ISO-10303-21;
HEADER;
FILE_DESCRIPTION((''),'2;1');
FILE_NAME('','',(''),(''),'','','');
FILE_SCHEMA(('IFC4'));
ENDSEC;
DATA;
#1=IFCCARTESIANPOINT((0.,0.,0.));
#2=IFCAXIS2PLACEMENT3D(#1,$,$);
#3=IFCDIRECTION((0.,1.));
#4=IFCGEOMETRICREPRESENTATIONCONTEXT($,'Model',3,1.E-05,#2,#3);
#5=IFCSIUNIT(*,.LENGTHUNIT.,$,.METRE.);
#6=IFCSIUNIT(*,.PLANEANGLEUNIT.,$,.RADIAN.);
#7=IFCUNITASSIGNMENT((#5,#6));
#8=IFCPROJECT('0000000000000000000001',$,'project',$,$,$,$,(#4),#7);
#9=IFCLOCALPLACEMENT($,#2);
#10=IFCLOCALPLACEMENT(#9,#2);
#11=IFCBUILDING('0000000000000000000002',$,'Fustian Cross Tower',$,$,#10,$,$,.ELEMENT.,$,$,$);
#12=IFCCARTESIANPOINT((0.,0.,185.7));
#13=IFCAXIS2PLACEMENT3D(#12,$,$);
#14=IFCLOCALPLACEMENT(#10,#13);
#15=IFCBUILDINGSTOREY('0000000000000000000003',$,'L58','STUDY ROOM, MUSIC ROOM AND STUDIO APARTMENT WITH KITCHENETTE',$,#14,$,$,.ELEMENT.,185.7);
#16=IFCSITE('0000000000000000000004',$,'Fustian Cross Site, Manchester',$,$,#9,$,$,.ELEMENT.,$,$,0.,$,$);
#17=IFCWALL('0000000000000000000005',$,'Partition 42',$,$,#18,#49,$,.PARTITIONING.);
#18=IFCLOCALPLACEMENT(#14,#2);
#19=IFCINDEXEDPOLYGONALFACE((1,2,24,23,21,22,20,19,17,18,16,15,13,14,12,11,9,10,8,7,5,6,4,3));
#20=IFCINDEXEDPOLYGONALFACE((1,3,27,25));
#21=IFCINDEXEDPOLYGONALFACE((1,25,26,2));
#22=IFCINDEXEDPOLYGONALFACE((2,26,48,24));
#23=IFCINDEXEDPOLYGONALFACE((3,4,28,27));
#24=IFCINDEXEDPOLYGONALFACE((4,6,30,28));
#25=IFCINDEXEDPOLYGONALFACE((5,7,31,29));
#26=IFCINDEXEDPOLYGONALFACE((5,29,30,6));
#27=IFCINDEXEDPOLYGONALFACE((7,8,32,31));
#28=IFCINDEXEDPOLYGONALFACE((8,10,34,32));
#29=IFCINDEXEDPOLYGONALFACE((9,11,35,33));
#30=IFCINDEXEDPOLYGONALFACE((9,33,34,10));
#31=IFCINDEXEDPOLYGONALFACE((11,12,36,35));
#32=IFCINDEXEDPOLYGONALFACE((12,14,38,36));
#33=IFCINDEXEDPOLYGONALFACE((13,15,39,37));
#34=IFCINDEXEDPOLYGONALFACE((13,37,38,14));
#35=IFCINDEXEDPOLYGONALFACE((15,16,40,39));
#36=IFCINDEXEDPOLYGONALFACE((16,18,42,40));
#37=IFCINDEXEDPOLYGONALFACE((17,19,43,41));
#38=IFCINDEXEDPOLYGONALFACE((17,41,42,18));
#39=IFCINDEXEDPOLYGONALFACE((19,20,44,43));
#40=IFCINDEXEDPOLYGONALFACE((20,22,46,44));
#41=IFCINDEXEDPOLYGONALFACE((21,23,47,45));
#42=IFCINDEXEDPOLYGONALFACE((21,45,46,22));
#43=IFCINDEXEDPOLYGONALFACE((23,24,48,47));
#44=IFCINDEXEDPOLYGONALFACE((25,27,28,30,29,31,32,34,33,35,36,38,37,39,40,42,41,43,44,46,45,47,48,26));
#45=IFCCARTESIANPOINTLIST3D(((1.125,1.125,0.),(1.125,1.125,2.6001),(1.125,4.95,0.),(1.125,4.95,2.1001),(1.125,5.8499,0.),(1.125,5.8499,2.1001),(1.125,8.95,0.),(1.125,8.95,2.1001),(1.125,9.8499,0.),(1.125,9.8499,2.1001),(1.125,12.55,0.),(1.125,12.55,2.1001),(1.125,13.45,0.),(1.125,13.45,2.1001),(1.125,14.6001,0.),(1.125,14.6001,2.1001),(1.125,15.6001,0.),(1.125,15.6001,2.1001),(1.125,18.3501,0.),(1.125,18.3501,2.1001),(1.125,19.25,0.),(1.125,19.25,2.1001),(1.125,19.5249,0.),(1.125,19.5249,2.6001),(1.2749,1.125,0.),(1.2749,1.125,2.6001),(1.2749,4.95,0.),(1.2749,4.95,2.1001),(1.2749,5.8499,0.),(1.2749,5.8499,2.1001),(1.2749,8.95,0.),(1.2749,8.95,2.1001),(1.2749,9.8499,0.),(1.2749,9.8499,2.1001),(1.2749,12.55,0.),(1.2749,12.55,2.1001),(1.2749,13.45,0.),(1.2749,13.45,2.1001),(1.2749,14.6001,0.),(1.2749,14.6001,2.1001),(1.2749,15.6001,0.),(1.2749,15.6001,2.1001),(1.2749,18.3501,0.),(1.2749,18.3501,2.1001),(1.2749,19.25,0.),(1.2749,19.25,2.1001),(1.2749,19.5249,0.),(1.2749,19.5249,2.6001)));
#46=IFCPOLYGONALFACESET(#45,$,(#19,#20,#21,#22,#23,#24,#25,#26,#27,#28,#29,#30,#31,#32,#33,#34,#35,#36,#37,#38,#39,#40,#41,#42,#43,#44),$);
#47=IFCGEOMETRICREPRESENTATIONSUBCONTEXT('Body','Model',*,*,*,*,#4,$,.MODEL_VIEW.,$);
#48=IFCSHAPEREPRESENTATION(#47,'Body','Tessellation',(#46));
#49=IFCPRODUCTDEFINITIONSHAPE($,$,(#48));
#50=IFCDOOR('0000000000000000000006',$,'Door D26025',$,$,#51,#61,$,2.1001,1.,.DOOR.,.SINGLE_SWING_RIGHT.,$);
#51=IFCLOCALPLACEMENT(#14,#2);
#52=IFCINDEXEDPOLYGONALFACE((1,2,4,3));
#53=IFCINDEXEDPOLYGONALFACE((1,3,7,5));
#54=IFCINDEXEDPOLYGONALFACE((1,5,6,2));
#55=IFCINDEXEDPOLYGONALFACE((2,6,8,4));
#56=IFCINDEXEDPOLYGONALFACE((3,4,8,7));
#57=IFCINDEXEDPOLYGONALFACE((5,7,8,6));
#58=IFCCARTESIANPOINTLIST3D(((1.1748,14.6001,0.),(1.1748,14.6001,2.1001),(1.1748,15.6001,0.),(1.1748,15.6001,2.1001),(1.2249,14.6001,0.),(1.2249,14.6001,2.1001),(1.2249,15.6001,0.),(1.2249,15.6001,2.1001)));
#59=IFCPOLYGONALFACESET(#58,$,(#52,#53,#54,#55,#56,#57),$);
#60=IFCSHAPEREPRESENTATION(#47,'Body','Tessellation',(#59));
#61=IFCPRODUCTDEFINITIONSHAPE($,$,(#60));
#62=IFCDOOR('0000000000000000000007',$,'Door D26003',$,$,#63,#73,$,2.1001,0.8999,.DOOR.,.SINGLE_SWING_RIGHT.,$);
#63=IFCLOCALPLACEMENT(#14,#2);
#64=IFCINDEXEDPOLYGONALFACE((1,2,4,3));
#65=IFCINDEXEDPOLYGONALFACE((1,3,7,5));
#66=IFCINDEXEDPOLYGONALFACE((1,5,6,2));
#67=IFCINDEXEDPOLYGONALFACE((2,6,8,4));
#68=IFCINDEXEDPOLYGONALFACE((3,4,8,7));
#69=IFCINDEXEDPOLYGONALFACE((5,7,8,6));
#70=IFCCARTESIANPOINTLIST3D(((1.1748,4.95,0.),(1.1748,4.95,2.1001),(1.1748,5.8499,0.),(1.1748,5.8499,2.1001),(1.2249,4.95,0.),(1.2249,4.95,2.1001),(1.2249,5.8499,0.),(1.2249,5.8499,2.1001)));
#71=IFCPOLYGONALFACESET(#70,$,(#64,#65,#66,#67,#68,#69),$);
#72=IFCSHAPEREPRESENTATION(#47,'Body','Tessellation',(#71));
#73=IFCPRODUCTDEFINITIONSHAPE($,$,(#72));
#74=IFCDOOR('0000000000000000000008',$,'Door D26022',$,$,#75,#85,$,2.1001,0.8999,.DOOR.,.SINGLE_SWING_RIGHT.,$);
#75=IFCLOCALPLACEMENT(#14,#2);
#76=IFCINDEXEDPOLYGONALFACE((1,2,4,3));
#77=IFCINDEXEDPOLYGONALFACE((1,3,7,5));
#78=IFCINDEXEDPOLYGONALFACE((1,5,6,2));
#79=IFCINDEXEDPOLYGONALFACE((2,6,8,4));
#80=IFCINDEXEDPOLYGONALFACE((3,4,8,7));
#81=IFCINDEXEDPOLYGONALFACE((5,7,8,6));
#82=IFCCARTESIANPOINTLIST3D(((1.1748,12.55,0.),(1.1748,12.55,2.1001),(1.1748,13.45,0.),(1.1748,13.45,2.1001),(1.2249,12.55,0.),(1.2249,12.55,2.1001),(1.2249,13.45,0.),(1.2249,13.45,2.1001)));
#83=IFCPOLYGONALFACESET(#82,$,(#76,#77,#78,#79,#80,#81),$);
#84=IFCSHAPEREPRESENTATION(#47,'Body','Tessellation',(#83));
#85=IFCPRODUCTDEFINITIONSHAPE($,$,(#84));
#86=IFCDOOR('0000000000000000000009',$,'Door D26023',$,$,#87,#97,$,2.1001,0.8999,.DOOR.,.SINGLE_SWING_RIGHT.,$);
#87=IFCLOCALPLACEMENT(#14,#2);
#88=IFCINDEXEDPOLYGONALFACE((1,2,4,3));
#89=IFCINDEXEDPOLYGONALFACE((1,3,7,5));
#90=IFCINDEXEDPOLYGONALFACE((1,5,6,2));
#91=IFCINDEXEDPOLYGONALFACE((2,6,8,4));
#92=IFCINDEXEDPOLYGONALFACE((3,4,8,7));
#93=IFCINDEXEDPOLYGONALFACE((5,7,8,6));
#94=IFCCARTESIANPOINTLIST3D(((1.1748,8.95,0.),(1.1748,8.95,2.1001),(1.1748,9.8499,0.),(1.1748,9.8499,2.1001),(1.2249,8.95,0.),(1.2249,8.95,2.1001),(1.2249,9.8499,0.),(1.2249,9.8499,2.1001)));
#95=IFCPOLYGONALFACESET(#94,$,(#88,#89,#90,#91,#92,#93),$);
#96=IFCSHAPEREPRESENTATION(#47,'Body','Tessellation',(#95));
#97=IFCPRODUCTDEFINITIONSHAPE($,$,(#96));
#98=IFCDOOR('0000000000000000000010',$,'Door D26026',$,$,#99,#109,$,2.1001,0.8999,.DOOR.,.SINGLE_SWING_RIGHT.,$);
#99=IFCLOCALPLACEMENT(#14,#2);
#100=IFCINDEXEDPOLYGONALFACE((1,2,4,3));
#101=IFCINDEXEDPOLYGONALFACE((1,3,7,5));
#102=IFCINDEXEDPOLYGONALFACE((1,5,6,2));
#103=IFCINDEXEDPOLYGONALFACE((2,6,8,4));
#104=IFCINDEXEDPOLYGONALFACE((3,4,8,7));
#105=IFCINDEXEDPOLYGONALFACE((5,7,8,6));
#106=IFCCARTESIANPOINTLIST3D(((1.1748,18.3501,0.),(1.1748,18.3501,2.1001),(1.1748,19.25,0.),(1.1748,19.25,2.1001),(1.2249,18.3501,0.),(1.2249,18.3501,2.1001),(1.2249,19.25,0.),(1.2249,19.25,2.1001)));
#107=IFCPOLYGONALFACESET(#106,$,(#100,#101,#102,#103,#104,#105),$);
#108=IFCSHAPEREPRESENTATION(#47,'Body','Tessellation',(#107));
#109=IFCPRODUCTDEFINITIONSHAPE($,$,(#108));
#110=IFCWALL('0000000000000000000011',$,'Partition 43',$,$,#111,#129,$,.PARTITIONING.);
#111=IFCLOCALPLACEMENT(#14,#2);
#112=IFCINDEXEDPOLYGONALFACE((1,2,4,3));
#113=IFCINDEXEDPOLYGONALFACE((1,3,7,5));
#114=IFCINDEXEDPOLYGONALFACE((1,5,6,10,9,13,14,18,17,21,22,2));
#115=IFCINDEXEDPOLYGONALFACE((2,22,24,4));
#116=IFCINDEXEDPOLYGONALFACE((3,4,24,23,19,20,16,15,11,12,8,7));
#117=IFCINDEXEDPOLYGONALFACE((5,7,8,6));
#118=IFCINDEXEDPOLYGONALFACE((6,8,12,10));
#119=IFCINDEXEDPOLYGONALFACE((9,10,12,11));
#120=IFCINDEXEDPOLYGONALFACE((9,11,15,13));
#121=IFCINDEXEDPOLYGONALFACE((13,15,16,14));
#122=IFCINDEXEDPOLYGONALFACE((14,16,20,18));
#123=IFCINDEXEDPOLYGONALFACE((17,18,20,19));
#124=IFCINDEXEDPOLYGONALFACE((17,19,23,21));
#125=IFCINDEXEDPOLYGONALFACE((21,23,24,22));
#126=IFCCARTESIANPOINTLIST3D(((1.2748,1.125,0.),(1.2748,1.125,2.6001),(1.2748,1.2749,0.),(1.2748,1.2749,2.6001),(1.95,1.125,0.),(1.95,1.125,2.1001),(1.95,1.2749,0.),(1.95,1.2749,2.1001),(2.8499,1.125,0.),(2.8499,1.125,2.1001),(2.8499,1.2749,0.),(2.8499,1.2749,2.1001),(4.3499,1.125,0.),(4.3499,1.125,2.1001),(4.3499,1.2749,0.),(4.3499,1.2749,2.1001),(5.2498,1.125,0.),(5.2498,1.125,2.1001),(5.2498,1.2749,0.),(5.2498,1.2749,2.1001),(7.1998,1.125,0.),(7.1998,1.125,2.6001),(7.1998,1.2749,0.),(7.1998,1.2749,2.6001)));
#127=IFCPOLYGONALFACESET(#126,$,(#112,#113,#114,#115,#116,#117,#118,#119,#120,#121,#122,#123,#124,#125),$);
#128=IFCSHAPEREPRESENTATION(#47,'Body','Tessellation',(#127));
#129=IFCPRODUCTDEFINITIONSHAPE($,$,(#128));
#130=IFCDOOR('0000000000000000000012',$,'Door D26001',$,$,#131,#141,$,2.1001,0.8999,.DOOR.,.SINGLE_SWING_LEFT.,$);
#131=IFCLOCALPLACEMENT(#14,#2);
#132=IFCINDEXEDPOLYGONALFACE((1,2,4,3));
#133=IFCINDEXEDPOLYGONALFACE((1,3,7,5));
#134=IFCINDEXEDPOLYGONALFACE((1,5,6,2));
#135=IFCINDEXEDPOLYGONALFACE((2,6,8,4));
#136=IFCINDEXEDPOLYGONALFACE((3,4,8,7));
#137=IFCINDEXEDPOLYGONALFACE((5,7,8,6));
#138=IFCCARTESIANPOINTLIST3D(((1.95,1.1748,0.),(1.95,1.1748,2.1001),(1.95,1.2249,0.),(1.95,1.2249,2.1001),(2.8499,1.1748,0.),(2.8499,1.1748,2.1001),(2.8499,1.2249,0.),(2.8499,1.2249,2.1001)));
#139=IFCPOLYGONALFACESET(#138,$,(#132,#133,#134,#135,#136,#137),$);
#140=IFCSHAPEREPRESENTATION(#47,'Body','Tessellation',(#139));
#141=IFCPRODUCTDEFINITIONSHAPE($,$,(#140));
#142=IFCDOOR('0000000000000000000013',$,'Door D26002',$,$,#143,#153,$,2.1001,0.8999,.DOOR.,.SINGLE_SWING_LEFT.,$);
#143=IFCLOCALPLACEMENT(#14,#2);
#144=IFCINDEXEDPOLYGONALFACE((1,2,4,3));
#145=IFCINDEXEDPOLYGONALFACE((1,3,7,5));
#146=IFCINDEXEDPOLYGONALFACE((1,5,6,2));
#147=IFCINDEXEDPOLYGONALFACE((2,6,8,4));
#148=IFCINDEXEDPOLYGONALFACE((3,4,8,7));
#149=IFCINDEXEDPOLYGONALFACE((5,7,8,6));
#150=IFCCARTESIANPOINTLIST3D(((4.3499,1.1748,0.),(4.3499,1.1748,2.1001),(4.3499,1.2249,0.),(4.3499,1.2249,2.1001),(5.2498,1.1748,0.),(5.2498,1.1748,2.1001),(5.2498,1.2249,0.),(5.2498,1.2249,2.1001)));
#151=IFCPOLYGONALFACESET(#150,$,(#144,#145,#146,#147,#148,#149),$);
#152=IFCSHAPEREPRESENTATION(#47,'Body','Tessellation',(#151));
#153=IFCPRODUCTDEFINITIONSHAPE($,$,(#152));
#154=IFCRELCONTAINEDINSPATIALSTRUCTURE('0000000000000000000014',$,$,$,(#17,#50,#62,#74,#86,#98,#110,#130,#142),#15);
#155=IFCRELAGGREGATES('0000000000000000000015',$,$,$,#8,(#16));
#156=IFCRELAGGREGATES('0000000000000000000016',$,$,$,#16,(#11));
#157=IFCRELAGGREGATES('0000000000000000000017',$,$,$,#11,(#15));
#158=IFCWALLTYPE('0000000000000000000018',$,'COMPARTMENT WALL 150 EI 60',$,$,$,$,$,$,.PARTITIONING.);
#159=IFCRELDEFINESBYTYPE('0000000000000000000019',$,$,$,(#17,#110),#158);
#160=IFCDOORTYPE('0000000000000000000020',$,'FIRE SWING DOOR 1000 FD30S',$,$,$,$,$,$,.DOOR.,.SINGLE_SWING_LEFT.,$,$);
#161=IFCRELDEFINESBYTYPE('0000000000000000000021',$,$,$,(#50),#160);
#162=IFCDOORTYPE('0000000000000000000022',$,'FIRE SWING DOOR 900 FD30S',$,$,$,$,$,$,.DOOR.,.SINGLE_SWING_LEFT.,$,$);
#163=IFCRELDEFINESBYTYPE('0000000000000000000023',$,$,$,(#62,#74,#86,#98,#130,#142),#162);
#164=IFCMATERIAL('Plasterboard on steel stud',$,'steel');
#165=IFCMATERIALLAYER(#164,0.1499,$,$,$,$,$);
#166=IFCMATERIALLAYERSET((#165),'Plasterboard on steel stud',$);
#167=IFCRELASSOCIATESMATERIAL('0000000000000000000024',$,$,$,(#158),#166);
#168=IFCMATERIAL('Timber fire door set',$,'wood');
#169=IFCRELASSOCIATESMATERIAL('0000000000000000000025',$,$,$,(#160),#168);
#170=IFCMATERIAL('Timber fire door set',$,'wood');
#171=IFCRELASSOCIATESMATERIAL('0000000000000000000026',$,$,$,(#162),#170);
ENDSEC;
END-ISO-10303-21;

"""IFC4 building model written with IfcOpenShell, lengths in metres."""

from ifc_helpers import new_model, si_unit, direction, frame, frame_2d, origin, place, context, subcontext, project, spatial, rectangle, extrude, material, layer, layer_set, type_object, element, fill, save


model = new_model("IFC4")

# Units and contexts
model_context = context("Model", 3, precision=1e-05, world=origin(), true_north=direction((0.0, 1.0)))
body_context = subcontext(model_context, "Body", "Model", "MODEL_VIEW")
ifc_project = project(units=[si_unit("LENGTHUNIT", "METRE"), si_unit("PLANEANGLEUNIT", "RADIAN")], contexts=[model_context])

# Site, building, storey
site_placement = place(None, origin())
site = spatial("IfcSite", under=ifc_project, at=site_placement, Name="Fustian Cross Site, Manchester", CompositionType="ELEMENT", RefElevation=0.0)
building_placement = place(site_placement, origin())
building = spatial("IfcBuilding", under=site, at=building_placement, Name="Fustian Cross Tower", CompositionType="ELEMENT")
storey_placement = place(building_placement, frame((0.0, 0.0, 185.7)))
storey = spatial("IfcBuildingStorey", under=building, at=storey_placement, Name="L58", Description="STUDY ROOM, MUSIC ROOM AND STUDIO APARTMENT WITH KITCHENETTE", CompositionType="ELEMENT", Elevation=185.7)

# Walls, openings, doors
ifc_material_1 = material(Name="Plasterboard on steel stud", Category="steel")
ifc_layer_1 = layer(ifc_material_1, 0.1499)
ifc_layer_set_1 = layer_set([ifc_layer_1], Name="Plasterboard on steel stud")
wall_type = type_object("IfcWallType", Name="COMPARTMENT WALL 150 EI 60", PredefinedType="PARTITIONING", material=ifc_layer_set_1)
wall_1_placement = place(storey_placement, frame((1.2, 1.125, 0.0), z_axis=(0.0, 0.0, 1.0), x_axis=(0.0, 1.0, 0.0)))
wall_1 = element("IfcWall", 1, at=wall_1_placement, inside=storey, type_object=wall_type, Name="Partition 42", PredefinedType="PARTITIONING", context=body_context, shape_type="SweptSolid", body=[
    extrude(rectangle(XDim=18.3999, YDim=0.1499, at=frame_2d((9.2, 0.0))), origin(), (0.0, 0.0, 1.0), 2.6001),
])
opening_1_placement = place(wall_1_placement, frame((3.825, 0.0, 0.0)))
opening_1 = element("IfcOpeningElement", 2, at=opening_1_placement, cuts=wall_1, PredefinedType="OPENING", context=body_context, shape_type="SweptSolid", body=[
    extrude(rectangle(XDim=0.8999, YDim=2.1001, at=frame_2d((0.45, 1.05))), frame((0.0, 0.085, 0.0), z_axis=(0.0, -1.0, 0.0), x_axis=(1.0, 0.0, 0.0)), (0.0, 0.0, 1.0), 0.1699),
])
opening_2_placement = place(wall_1_placement, frame((11.425, 0.0, 0.0)))
opening_2 = element("IfcOpeningElement", 3, at=opening_2_placement, cuts=wall_1, PredefinedType="OPENING", context=body_context, shape_type="SweptSolid", body=[
    extrude(rectangle(XDim=0.8999, YDim=2.1001, at=frame_2d((0.45, 1.05))), frame((0.0, 0.085, 0.0), z_axis=(0.0, -1.0, 0.0), x_axis=(1.0, 0.0, 0.0)), (0.0, 0.0, 1.0), 0.1699),
])
opening_3_placement = place(wall_1_placement, frame((7.825, 0.0, 0.0)))
opening_3 = element("IfcOpeningElement", 4, at=opening_3_placement, cuts=wall_1, PredefinedType="OPENING", context=body_context, shape_type="SweptSolid", body=[
    extrude(rectangle(XDim=0.8999, YDim=2.1001, at=frame_2d((0.45, 1.05))), frame((0.0, 0.085, 0.0), z_axis=(0.0, -1.0, 0.0), x_axis=(1.0, 0.0, 0.0)), (0.0, 0.0, 1.0), 0.1699),
])
opening_4_placement = place(wall_1_placement, frame((13.4751, 0.0, 0.0)))
opening_4 = element("IfcOpeningElement", 5, at=opening_4_placement, cuts=wall_1, PredefinedType="OPENING", context=body_context, shape_type="SweptSolid", body=[
    extrude(rectangle(XDim=1.0, YDim=2.1001, at=frame_2d((0.5, 1.05))), frame((0.0, 0.085, 0.0), z_axis=(0.0, -1.0, 0.0), x_axis=(1.0, 0.0, 0.0)), (0.0, 0.0, 1.0), 0.1699),
])
opening_5_placement = place(wall_1_placement, frame((17.2251, 0.0, 0.0)))
opening_5 = element("IfcOpeningElement", 6, at=opening_5_placement, cuts=wall_1, PredefinedType="OPENING", context=body_context, shape_type="SweptSolid", body=[
    extrude(rectangle(XDim=0.8999, YDim=2.1001, at=frame_2d((0.45, 1.05))), frame((0.0, 0.085, 0.0), z_axis=(0.0, -1.0, 0.0), x_axis=(1.0, 0.0, 0.0)), (0.0, 0.0, 1.0), 0.1699),
])
ifc_material_2 = material(Name="Timber fire door set", Category="wood")
door_type_1 = type_object("IfcDoorType", Name="FIRE SWING DOOR 1000 FD30S", OperationType="SINGLE_SWING_LEFT", PredefinedType="DOOR", material=ifc_material_2)
door_1_placement = place(opening_4_placement, frame((1.0, 0.0, 0.0), z_axis=(0.0, 0.0, 1.0), x_axis=(-1.0, 0.0, 0.0)))
door_1 = element("IfcDoor", 7, at=door_1_placement, inside=storey, type_object=door_type_1, Name="Door D26025", OperationType="SINGLE_SWING_RIGHT", OverallHeight=2.1001, OverallWidth=1.0, PredefinedType="DOOR", context=body_context, shape_type="SweptSolid", body=[
    extrude(rectangle(XDim=1.0, YDim=2.1001, at=frame_2d((0.5, 1.05))), frame((0.0, 0.0249, 0.0), z_axis=(0.0, -1.0, 0.0), x_axis=(1.0, 0.0, 0.0)), (0.0, 0.0, 1.0), 0.05),
])
fill(opening_4, door_1)
ifc_material_3 = material(Name="Timber fire door set", Category="wood")
door_type_2 = type_object("IfcDoorType", Name="FIRE SWING DOOR 900 FD30S", OperationType="SINGLE_SWING_LEFT", PredefinedType="DOOR", material=ifc_material_3)
door_2_placement = place(opening_1_placement, frame((0.8999, 0.0, 0.0), z_axis=(0.0, 0.0, 1.0), x_axis=(-1.0, 0.0, 0.0)))
door_2 = element("IfcDoor", 8, at=door_2_placement, inside=storey, type_object=door_type_2, Name="Door D26003", OperationType="SINGLE_SWING_RIGHT", OverallHeight=2.1001, OverallWidth=0.8999, PredefinedType="DOOR", context=body_context, shape_type="SweptSolid", body=[
    extrude(rectangle(XDim=0.8999, YDim=2.1001, at=frame_2d((0.45, 1.05))), frame((0.0, 0.0249, 0.0), z_axis=(0.0, -1.0, 0.0), x_axis=(1.0, 0.0, 0.0)), (0.0, 0.0, 1.0), 0.05),
])
fill(opening_1, door_2)
door_3_placement = place(opening_2_placement, frame((0.8999, 0.0, 0.0), z_axis=(0.0, 0.0, 1.0), x_axis=(-1.0, 0.0, 0.0)))
door_3 = element("IfcDoor", 9, at=door_3_placement, inside=storey, type_object=door_type_2, Name="Door D26022", OperationType="SINGLE_SWING_RIGHT", OverallHeight=2.1001, OverallWidth=0.8999, PredefinedType="DOOR", context=body_context, shape_type="SweptSolid", body=[
    extrude(rectangle(XDim=0.8999, YDim=2.1001, at=frame_2d((0.45, 1.05))), frame((0.0, 0.0249, 0.0), z_axis=(0.0, -1.0, 0.0), x_axis=(1.0, 0.0, 0.0)), (0.0, 0.0, 1.0), 0.05),
])
fill(opening_2, door_3)
door_4_placement = place(opening_3_placement, frame((0.8999, 0.0, 0.0), z_axis=(0.0, 0.0, 1.0), x_axis=(-1.0, 0.0, 0.0)))
door_4 = element("IfcDoor", 10, at=door_4_placement, inside=storey, type_object=door_type_2, Name="Door D26023", OperationType="SINGLE_SWING_RIGHT", OverallHeight=2.1001, OverallWidth=0.8999, PredefinedType="DOOR", context=body_context, shape_type="SweptSolid", body=[
    extrude(rectangle(XDim=0.8999, YDim=2.1001, at=frame_2d((0.45, 1.05))), frame((0.0, 0.0249, 0.0), z_axis=(0.0, -1.0, 0.0), x_axis=(1.0, 0.0, 0.0)), (0.0, 0.0, 1.0), 0.05),
])
fill(opening_3, door_4)
door_5_placement = place(opening_5_placement, frame((0.8999, 0.0, 0.0), z_axis=(0.0, 0.0, 1.0), x_axis=(-1.0, 0.0, 0.0)))
door_5 = element("IfcDoor", 11, at=door_5_placement, inside=storey, type_object=door_type_2, Name="Door D26026", OperationType="SINGLE_SWING_RIGHT", OverallHeight=2.1001, OverallWidth=0.8999, PredefinedType="DOOR", context=body_context, shape_type="SweptSolid", body=[
    extrude(rectangle(XDim=0.8999, YDim=2.1001, at=frame_2d((0.45, 1.05))), frame((0.0, 0.0249, 0.0), z_axis=(0.0, -1.0, 0.0), x_axis=(1.0, 0.0, 0.0)), (0.0, 0.0, 1.0), 0.05),
])
fill(opening_5, door_5)
wall_2_placement = place(storey_placement, frame((1.2749, 1.2, 0.0), z_axis=(0.0, 0.0, 1.0), x_axis=(1.0, 0.0, 0.0)))
wall_2 = element("IfcWall", 12, at=wall_2_placement, inside=storey, type_object=wall_type, Name="Partition 43", PredefinedType="PARTITIONING", context=body_context, shape_type="SweptSolid", body=[
    extrude(rectangle(XDim=5.925, YDim=0.1499, at=frame_2d((2.9624, 0.0))), origin(), (0.0, 0.0, 1.0), 2.6001),
])
opening_6_placement = place(wall_2_placement, frame((0.675, 0.0, 0.0)))
opening_6 = element("IfcOpeningElement", 13, at=opening_6_placement, cuts=wall_2, PredefinedType="OPENING", context=body_context, shape_type="SweptSolid", body=[
    extrude(rectangle(XDim=0.8999, YDim=2.1001, at=frame_2d((0.45, 1.05))), frame((0.0, 0.085, 0.0), z_axis=(0.0, -1.0, 0.0), x_axis=(1.0, 0.0, 0.0)), (0.0, 0.0, 1.0), 0.1699),
])
opening_7_placement = place(wall_2_placement, frame((3.075, 0.0, 0.0)))
opening_7 = element("IfcOpeningElement", 14, at=opening_7_placement, cuts=wall_2, PredefinedType="OPENING", context=body_context, shape_type="SweptSolid", body=[
    extrude(rectangle(XDim=0.8999, YDim=2.1001, at=frame_2d((0.45, 1.05))), frame((0.0, 0.085, 0.0), z_axis=(0.0, -1.0, 0.0), x_axis=(1.0, 0.0, 0.0)), (0.0, 0.0, 1.0), 0.1699),
])
door_6_placement = place(opening_6_placement, origin())
door_6 = element("IfcDoor", 15, at=door_6_placement, inside=storey, type_object=door_type_2, Name="Door D26001", OperationType="SINGLE_SWING_LEFT", OverallHeight=2.1001, OverallWidth=0.8999, PredefinedType="DOOR", context=body_context, shape_type="SweptSolid", body=[
    extrude(rectangle(XDim=0.8999, YDim=2.1001, at=frame_2d((0.45, 1.05))), frame((0.0, 0.0249, 0.0), z_axis=(0.0, -1.0, 0.0), x_axis=(1.0, 0.0, 0.0)), (0.0, 0.0, 1.0), 0.05),
])
fill(opening_6, door_6)
door_7_placement = place(opening_7_placement, origin())
door_7 = element("IfcDoor", 16, at=door_7_placement, inside=storey, type_object=door_type_2, Name="Door D26002", OperationType="SINGLE_SWING_LEFT", OverallHeight=2.1001, OverallWidth=0.8999, PredefinedType="DOOR", context=body_context, shape_type="SweptSolid", body=[
    extrude(rectangle(XDim=0.8999, YDim=2.1001, at=frame_2d((0.45, 1.05))), frame((0.0, 0.0249, 0.0), z_axis=(0.0, -1.0, 0.0), x_axis=(1.0, 0.0, 0.0)), (0.0, 0.0, 1.0), 0.05),
])
fill(opening_7, door_7)

save(model, "model.ifc")
